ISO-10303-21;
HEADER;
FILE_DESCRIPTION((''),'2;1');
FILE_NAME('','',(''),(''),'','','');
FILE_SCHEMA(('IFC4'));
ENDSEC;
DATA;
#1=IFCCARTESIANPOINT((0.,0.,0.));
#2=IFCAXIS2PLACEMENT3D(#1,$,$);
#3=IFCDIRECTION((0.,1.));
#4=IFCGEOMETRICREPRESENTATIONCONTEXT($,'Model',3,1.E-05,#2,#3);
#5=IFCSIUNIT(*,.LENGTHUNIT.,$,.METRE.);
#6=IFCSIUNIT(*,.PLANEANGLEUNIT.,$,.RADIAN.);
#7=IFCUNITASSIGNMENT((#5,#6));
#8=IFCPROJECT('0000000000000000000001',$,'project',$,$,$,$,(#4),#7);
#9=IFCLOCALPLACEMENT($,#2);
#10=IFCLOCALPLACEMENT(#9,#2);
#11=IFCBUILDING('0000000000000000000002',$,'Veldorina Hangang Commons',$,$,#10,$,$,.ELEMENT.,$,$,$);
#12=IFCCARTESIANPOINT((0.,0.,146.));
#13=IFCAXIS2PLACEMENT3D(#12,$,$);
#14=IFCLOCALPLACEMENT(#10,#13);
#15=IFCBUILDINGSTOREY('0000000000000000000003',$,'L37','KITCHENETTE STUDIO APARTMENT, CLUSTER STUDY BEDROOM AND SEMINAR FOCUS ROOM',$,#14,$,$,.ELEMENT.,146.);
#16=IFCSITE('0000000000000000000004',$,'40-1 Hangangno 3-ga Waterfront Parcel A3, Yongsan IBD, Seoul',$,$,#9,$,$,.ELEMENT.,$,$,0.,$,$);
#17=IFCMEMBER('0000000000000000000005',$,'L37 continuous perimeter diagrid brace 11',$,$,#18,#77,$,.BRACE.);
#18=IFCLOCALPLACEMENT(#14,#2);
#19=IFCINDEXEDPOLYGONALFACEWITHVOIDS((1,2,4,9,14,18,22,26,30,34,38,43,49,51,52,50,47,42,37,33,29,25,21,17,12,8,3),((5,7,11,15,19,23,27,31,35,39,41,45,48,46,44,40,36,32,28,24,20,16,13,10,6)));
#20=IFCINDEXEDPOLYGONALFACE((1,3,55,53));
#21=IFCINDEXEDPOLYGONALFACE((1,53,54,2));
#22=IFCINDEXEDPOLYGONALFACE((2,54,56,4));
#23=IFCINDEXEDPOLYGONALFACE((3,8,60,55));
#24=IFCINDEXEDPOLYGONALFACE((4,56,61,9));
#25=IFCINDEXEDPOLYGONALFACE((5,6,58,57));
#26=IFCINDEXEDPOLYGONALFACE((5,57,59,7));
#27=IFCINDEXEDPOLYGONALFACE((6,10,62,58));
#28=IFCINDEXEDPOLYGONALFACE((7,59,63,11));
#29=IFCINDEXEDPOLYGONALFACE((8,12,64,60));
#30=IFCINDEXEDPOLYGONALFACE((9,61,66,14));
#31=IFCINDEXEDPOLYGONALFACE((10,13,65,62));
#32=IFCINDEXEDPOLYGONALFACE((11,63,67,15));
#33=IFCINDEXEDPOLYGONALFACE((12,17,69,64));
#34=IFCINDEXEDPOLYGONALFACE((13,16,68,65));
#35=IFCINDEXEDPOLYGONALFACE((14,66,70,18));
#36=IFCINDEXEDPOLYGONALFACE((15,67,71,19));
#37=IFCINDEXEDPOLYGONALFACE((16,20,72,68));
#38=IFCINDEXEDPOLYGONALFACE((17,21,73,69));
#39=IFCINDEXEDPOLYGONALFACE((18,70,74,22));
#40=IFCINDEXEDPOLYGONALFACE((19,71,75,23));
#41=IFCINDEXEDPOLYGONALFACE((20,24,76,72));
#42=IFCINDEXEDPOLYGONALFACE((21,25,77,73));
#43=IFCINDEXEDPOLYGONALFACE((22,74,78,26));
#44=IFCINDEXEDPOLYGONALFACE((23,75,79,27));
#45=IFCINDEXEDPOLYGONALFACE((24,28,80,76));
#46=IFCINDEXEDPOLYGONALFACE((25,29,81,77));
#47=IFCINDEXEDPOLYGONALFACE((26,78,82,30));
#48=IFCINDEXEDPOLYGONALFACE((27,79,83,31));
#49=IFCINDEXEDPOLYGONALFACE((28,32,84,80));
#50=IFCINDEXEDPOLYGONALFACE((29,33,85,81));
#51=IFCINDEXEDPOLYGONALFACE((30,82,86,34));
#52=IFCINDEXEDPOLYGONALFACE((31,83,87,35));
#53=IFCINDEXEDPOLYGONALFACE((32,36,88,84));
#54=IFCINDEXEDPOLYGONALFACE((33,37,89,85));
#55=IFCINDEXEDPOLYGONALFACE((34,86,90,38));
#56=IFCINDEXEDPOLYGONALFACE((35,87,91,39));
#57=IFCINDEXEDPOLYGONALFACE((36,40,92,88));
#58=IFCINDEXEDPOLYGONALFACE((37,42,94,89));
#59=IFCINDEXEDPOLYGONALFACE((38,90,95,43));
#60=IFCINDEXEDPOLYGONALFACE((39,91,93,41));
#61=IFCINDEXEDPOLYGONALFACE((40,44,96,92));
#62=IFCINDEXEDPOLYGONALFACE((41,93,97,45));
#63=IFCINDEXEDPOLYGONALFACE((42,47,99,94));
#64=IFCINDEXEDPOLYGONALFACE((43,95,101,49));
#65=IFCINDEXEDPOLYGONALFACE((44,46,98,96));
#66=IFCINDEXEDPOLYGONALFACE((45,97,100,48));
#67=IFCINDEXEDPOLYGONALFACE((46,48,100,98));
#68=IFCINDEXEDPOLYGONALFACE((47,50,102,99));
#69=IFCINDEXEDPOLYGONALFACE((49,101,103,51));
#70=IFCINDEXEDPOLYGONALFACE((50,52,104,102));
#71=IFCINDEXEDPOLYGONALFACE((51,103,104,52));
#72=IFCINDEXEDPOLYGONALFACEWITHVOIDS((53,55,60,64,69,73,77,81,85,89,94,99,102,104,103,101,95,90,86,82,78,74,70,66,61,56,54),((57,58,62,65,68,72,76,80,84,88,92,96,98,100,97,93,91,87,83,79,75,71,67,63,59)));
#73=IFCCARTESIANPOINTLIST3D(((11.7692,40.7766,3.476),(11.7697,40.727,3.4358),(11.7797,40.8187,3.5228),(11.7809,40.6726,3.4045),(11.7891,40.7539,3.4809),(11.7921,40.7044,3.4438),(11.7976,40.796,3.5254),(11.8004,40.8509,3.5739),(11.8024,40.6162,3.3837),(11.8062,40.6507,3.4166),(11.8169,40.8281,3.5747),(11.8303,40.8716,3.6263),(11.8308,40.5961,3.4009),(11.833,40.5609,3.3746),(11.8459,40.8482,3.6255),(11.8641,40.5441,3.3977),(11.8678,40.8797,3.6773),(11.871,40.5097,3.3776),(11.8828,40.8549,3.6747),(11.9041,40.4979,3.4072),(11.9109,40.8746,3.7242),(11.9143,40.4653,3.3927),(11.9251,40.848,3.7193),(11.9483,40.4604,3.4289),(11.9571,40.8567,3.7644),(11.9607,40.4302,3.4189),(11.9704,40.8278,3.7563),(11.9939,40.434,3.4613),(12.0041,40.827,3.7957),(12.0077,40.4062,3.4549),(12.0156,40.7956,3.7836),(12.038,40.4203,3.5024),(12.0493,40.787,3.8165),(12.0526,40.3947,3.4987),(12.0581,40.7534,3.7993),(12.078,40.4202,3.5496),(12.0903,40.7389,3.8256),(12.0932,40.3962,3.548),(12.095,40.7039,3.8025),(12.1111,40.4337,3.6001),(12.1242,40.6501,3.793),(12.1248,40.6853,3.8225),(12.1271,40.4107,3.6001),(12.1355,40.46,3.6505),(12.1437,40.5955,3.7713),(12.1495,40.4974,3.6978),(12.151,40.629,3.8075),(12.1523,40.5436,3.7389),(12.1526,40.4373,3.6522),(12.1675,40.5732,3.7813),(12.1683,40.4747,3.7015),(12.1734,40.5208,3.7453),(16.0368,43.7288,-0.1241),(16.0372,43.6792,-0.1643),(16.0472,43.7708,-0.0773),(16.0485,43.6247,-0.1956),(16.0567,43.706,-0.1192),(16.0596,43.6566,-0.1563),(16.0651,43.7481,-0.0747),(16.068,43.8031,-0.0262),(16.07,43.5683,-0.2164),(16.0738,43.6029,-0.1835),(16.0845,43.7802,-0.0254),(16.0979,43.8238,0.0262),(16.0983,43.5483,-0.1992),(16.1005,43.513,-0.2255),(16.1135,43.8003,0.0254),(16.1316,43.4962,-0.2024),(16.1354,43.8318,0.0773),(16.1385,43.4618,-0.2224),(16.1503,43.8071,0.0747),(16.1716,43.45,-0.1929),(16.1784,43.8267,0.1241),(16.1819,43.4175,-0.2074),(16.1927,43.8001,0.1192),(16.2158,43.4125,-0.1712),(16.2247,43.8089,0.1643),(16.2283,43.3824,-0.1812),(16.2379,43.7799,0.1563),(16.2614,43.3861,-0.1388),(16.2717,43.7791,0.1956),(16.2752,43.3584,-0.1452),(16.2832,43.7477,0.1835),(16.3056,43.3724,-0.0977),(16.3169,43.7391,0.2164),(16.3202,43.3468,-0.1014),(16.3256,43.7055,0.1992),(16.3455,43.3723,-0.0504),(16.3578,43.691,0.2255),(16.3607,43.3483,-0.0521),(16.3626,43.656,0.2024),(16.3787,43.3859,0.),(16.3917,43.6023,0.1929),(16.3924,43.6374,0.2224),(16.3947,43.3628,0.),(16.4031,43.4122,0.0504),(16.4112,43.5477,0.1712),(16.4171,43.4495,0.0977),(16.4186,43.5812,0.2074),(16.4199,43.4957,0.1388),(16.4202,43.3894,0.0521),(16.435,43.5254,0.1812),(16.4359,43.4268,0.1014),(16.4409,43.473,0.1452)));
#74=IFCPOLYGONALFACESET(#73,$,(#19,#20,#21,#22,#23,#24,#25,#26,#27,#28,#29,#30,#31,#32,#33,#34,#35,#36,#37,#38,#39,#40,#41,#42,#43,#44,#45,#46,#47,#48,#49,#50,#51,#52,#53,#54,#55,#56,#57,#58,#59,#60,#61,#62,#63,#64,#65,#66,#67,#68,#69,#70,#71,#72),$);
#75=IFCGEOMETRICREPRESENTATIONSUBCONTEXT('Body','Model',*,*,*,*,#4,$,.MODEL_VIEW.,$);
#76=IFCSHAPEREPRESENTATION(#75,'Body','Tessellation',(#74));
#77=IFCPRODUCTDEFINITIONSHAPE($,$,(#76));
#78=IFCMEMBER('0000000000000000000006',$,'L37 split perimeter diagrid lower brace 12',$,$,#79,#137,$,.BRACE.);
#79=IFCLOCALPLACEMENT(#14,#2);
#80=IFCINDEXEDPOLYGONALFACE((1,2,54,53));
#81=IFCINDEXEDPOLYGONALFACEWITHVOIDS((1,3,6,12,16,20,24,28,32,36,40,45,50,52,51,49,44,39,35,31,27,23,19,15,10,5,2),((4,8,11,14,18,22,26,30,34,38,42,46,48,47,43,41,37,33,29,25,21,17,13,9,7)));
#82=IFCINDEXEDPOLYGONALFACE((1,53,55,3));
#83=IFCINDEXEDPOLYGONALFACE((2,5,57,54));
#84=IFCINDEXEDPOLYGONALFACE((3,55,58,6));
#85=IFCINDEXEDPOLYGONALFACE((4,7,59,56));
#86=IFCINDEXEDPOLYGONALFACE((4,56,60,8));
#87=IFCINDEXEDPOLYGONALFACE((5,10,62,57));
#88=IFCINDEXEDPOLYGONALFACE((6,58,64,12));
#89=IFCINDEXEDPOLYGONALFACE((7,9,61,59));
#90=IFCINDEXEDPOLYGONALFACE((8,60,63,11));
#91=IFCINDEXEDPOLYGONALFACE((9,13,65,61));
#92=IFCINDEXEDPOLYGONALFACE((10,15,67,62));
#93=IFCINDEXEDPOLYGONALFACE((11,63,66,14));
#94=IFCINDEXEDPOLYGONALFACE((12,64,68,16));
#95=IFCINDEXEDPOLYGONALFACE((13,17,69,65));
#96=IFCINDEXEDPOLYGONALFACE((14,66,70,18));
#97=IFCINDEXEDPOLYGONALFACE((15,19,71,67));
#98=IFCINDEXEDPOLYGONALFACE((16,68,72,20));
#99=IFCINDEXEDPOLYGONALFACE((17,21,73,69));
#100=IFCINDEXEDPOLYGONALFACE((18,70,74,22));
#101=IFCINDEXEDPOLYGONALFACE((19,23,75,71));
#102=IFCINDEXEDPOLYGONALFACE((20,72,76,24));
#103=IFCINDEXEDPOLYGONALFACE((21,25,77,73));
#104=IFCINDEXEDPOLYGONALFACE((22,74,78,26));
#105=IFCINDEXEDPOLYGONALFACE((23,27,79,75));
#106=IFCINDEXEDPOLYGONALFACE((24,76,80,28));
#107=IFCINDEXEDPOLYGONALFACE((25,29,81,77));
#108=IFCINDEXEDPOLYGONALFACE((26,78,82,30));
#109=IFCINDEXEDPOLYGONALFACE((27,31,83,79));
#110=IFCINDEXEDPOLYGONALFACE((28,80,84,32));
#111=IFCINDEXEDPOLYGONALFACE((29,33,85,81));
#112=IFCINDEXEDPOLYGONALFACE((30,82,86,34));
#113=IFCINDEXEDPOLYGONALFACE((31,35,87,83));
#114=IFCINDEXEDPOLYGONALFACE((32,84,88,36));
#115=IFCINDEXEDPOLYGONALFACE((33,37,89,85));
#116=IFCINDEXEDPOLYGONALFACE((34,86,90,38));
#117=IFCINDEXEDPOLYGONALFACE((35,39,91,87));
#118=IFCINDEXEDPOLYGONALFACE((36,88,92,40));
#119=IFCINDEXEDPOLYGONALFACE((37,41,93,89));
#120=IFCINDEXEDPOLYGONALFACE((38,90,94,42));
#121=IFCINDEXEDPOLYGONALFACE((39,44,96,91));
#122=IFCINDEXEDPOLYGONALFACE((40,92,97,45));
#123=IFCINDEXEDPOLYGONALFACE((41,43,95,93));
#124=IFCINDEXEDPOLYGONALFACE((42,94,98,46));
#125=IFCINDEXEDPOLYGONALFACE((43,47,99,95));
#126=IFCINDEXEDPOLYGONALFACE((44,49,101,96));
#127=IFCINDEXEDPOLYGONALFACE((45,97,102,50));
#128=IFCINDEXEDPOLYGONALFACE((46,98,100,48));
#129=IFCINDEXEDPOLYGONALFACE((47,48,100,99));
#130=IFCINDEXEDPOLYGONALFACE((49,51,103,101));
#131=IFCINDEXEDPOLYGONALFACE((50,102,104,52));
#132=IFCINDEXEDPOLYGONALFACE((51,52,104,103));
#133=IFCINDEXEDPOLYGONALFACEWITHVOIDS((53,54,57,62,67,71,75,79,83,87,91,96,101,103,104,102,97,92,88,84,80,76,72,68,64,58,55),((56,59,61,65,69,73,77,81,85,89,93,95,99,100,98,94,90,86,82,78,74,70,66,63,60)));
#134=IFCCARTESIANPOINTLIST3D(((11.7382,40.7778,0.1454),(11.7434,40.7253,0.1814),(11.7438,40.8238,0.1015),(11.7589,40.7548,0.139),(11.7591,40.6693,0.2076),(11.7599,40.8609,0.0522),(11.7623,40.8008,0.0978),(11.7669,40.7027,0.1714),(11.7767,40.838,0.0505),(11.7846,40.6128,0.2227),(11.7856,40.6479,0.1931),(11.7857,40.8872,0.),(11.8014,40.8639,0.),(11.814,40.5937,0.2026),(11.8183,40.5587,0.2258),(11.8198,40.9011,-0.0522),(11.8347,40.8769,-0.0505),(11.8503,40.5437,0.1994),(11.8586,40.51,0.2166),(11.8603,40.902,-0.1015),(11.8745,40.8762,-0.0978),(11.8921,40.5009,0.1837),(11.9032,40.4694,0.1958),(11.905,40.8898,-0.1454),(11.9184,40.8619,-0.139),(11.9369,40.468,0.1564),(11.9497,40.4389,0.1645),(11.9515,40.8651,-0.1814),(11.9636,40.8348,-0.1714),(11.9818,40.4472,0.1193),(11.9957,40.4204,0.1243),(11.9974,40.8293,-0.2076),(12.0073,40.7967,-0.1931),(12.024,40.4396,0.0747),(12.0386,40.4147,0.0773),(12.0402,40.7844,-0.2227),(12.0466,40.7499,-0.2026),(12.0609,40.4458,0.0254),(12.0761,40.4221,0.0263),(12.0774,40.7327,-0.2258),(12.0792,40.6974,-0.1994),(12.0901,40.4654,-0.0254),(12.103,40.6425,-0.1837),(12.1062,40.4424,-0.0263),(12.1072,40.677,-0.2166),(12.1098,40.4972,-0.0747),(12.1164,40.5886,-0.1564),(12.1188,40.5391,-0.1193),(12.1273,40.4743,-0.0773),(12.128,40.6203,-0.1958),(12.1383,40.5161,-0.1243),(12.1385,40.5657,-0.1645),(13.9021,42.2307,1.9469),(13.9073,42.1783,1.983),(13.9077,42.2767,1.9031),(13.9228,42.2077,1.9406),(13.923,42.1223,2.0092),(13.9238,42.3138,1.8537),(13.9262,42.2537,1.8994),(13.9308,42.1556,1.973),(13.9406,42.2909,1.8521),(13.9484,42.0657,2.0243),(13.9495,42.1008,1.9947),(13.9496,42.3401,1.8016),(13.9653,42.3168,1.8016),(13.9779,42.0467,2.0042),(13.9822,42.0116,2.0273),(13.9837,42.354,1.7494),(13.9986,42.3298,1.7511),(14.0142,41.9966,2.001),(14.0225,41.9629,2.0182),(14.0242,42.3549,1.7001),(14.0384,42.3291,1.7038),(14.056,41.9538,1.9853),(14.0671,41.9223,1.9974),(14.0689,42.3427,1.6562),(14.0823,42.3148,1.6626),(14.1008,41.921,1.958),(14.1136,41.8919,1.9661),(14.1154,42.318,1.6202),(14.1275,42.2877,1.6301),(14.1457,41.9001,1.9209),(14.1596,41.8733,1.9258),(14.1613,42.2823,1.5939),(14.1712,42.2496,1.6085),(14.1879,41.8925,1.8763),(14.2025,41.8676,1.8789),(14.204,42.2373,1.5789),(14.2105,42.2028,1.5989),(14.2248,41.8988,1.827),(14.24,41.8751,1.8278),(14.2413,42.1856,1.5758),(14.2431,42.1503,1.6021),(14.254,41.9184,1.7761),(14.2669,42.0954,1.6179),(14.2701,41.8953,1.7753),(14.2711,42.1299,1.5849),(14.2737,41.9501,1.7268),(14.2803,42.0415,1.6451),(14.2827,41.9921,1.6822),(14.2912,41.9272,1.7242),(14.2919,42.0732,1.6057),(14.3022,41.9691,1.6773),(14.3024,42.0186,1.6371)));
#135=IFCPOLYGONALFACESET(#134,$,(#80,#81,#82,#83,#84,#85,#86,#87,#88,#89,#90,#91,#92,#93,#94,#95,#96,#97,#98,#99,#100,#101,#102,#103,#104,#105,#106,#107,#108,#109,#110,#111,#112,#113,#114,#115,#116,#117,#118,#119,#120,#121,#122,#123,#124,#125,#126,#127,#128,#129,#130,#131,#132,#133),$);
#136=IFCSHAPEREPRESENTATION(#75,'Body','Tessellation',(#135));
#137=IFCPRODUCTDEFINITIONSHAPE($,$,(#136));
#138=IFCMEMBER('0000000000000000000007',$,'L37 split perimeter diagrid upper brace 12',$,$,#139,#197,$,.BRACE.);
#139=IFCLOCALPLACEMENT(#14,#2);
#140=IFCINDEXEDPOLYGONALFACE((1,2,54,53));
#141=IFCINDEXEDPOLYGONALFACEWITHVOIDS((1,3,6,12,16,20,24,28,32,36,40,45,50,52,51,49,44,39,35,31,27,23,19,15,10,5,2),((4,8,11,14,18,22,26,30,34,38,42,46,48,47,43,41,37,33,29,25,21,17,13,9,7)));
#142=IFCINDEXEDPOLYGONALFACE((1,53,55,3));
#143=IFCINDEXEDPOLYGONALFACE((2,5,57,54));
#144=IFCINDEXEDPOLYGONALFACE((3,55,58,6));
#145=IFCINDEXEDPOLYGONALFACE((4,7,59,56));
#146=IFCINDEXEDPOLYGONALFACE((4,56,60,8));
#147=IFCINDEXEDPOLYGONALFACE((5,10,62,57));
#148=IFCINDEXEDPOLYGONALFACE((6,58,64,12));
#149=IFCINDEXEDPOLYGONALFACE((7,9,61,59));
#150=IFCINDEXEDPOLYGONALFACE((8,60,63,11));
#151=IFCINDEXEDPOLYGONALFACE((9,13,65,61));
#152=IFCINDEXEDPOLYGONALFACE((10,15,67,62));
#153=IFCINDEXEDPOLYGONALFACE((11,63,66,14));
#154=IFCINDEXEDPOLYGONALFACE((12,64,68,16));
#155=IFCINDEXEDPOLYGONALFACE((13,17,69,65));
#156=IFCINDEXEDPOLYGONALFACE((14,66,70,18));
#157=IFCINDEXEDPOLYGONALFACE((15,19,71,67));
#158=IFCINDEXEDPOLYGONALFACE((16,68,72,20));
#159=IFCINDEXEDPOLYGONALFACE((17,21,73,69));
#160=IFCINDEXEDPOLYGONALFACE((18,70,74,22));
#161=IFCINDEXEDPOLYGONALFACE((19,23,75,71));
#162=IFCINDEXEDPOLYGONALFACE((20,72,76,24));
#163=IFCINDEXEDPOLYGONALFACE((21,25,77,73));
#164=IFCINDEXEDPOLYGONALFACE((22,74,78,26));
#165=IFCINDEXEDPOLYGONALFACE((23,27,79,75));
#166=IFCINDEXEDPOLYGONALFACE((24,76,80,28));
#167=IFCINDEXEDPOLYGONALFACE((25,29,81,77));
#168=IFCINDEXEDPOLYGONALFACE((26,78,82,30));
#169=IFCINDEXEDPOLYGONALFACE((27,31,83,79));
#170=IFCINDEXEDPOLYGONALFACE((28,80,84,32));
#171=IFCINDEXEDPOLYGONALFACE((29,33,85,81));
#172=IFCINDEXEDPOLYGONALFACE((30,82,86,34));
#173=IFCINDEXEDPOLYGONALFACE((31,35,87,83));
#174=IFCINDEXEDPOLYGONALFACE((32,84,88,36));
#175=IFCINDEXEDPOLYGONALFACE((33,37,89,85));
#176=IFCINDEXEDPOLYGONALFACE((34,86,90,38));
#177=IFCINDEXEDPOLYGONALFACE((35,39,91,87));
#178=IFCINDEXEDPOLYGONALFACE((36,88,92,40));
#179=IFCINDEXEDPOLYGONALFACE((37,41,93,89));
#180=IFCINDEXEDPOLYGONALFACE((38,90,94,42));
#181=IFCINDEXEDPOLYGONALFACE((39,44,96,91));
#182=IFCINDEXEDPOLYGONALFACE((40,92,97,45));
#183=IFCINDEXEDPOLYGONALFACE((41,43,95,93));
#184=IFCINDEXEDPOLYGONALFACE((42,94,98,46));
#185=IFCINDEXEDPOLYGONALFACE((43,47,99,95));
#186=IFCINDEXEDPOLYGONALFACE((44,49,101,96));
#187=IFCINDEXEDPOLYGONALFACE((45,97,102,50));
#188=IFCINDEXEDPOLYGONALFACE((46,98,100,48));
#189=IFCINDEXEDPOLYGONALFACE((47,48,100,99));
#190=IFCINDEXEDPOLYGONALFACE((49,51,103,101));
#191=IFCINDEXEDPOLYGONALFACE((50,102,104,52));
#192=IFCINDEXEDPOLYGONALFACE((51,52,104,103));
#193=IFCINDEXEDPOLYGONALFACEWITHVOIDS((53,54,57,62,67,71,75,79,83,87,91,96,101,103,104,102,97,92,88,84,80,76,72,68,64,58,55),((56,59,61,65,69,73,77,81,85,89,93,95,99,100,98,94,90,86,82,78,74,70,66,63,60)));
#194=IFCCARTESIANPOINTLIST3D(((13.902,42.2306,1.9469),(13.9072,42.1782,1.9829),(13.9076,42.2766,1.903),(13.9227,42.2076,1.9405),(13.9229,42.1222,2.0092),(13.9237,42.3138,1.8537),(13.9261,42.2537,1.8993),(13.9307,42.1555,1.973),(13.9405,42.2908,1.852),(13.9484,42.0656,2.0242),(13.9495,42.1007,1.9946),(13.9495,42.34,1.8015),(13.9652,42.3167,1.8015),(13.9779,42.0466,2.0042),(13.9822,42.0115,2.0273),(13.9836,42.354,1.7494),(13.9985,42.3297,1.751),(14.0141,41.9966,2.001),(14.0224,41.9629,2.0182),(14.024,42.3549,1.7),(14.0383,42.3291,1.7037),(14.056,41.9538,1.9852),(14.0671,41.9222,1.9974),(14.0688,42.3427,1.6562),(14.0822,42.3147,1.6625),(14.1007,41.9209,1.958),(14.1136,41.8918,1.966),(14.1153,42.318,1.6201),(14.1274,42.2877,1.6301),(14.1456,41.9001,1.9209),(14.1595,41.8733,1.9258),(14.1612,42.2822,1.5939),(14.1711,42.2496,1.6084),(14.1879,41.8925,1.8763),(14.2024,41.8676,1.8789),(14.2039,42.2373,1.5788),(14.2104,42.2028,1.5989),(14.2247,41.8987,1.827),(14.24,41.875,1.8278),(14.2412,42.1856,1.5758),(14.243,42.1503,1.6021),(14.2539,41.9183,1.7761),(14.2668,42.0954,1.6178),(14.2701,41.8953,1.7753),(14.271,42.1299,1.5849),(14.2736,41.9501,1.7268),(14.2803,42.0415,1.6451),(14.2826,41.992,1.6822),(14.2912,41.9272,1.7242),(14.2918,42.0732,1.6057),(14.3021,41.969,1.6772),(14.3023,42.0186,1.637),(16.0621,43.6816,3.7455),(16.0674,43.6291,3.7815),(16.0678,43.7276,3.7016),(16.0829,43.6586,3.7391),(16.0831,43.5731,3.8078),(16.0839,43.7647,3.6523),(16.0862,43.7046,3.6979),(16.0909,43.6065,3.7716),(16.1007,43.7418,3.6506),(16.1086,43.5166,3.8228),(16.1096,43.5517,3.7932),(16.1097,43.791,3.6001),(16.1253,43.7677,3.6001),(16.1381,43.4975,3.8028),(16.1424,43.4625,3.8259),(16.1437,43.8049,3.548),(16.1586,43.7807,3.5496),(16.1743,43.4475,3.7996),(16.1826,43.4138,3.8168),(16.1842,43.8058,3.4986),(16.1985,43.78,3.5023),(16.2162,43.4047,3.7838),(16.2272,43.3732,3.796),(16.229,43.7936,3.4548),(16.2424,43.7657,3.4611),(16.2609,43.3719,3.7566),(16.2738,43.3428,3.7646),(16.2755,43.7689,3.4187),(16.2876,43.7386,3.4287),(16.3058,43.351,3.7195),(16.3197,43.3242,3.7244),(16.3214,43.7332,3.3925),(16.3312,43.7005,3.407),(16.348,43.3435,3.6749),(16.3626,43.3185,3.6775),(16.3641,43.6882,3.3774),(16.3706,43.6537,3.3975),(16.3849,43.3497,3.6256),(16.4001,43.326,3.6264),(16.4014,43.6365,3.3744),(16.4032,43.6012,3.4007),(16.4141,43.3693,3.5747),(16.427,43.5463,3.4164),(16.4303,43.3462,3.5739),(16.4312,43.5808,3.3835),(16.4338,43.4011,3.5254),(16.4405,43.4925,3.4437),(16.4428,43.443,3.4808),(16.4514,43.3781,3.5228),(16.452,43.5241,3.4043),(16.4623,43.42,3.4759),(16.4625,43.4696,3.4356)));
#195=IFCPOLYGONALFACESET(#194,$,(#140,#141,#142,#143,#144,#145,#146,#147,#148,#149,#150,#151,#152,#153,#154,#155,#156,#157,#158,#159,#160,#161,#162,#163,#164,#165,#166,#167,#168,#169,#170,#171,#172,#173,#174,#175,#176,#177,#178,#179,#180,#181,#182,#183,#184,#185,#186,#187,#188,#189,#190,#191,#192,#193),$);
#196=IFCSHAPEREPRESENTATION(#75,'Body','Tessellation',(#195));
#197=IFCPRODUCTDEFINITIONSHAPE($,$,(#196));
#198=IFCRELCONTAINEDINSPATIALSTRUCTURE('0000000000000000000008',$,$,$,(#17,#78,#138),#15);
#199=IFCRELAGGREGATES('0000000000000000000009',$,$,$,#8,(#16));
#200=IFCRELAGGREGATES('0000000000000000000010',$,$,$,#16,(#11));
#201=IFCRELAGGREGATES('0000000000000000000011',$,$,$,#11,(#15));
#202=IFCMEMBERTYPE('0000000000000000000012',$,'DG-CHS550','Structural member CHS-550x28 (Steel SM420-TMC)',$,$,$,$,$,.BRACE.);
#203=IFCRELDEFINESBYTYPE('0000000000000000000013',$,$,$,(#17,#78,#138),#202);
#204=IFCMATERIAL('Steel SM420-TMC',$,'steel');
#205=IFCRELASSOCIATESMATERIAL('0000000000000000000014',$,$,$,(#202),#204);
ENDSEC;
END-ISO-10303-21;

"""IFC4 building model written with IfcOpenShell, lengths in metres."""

from ifc_helpers import new_model, si_unit, direction, frame, origin, origin_2d, place, context, subcontext, project, spatial, hollow_circle, extrude, material, material_profile, profile_set, type_object, element, save


model = new_model("IFC4")

# Units and contexts
model_context = context("Model", 3, precision=1e-05, world=origin(), true_north=direction((0.0, 1.0)))
body_context = subcontext(model_context, "Body", "Model", "MODEL_VIEW")
ifc_project = project(units=[si_unit("LENGTHUNIT", "METRE"), si_unit("PLANEANGLEUNIT", "RADIAN")], contexts=[model_context])

# Site, building, storey
site_placement = place(None, origin())
site = spatial("IfcSite", under=ifc_project, at=site_placement, Name="40-1 Hangangno 3-ga Waterfront Parcel A3, Yongsan IBD, Seoul", CompositionType="ELEMENT", RefElevation=0.0)
building_placement = place(site_placement, origin())
building = spatial("IfcBuilding", under=site, at=building_placement, Name="Veldorina Hangang Commons", CompositionType="ELEMENT")
storey_placement = place(building_placement, frame((0.0, 0.0, 146.0)))
storey = spatial("IfcBuildingStorey", under=building, at=storey_placement, Name="L37", Description="KITCHENETTE STUDIO APARTMENT, CLUSTER STUDY BEDROOM AND SEMINAR FOCUS ROOM", CompositionType="ELEMENT", Elevation=146.0)

# Shared definitions
ifc_material_1 = material(Name="Steel SM420-TMC", Category="steel")

# Members
ifc_material_profile_1 = material_profile(ifc_material_1, hollow_circle(Radius=0.2749, WallThickness=0.0281, at=origin_2d()), Name="CHS-550x28")
ifc_profile_set_1 = profile_set([ifc_material_profile_1], Name="Steel SM420-TMC")
member_type = type_object("IfcMemberType", Name="DG-CHS550", Description="Structural member CHS-550x28 (Steel SM420-TMC)", PredefinedType="BRACE", material=ifc_profile_set_1)
member_1_placement = place(storey_placement, frame((16.2383, 43.5889, 0.0), z_axis=(-0.675709, -0.46743, 0.570023), x_axis=(0.568907, -0.822402, 0.0)))
element("IfcMember", 1, at=member_1_placement, inside=storey, type_object=member_type, Name="L37 continuous perimeter diagrid brace 11", PredefinedType="BRACE", context=body_context, shape_type="SweptSolid", body=[
    extrude(hollow_circle(Radius=0.2749, WallThickness=0.0281, at=origin_2d()), origin(), (0.0, 0.0, 1.0), 6.3157),
])
member_2_placement = place(storey_placement, frame((11.939, 40.6589, 0.0), z_axis=(0.682949, 0.458561, 0.568597), x_axis=(-0.557442, 0.830216, 0.0)))
element("IfcMember", 2, at=member_2_placement, inside=storey, type_object=member_type, Name="L37 split perimeter diagrid lower brace 12", PredefinedType="BRACE", context=body_context, shape_type="SweptSolid", body=[
    extrude(hollow_circle(Radius=0.2749, WallThickness=0.0281, at=origin_2d()), origin(), (0.0, 0.0, 1.0), 3.1685),
])
member_3_placement = place(storey_placement, frame((14.1028, 42.1118, 1.8015), z_axis=(0.682884, 0.458678, 0.568581), x_axis=(-0.557576, 0.830126, 0.0)))
element("IfcMember", 3, at=member_3_placement, inside=storey, type_object=member_type, Name="L37 split perimeter diagrid upper brace 12", PredefinedType="BRACE", context=body_context, shape_type="SweptSolid", body=[
    extrude(hollow_circle(Radius=0.2749, WallThickness=0.0281, at=origin_2d()), origin(), (0.0, 0.0, 1.0), 3.1633),
])

save(model, "model.ifc")
